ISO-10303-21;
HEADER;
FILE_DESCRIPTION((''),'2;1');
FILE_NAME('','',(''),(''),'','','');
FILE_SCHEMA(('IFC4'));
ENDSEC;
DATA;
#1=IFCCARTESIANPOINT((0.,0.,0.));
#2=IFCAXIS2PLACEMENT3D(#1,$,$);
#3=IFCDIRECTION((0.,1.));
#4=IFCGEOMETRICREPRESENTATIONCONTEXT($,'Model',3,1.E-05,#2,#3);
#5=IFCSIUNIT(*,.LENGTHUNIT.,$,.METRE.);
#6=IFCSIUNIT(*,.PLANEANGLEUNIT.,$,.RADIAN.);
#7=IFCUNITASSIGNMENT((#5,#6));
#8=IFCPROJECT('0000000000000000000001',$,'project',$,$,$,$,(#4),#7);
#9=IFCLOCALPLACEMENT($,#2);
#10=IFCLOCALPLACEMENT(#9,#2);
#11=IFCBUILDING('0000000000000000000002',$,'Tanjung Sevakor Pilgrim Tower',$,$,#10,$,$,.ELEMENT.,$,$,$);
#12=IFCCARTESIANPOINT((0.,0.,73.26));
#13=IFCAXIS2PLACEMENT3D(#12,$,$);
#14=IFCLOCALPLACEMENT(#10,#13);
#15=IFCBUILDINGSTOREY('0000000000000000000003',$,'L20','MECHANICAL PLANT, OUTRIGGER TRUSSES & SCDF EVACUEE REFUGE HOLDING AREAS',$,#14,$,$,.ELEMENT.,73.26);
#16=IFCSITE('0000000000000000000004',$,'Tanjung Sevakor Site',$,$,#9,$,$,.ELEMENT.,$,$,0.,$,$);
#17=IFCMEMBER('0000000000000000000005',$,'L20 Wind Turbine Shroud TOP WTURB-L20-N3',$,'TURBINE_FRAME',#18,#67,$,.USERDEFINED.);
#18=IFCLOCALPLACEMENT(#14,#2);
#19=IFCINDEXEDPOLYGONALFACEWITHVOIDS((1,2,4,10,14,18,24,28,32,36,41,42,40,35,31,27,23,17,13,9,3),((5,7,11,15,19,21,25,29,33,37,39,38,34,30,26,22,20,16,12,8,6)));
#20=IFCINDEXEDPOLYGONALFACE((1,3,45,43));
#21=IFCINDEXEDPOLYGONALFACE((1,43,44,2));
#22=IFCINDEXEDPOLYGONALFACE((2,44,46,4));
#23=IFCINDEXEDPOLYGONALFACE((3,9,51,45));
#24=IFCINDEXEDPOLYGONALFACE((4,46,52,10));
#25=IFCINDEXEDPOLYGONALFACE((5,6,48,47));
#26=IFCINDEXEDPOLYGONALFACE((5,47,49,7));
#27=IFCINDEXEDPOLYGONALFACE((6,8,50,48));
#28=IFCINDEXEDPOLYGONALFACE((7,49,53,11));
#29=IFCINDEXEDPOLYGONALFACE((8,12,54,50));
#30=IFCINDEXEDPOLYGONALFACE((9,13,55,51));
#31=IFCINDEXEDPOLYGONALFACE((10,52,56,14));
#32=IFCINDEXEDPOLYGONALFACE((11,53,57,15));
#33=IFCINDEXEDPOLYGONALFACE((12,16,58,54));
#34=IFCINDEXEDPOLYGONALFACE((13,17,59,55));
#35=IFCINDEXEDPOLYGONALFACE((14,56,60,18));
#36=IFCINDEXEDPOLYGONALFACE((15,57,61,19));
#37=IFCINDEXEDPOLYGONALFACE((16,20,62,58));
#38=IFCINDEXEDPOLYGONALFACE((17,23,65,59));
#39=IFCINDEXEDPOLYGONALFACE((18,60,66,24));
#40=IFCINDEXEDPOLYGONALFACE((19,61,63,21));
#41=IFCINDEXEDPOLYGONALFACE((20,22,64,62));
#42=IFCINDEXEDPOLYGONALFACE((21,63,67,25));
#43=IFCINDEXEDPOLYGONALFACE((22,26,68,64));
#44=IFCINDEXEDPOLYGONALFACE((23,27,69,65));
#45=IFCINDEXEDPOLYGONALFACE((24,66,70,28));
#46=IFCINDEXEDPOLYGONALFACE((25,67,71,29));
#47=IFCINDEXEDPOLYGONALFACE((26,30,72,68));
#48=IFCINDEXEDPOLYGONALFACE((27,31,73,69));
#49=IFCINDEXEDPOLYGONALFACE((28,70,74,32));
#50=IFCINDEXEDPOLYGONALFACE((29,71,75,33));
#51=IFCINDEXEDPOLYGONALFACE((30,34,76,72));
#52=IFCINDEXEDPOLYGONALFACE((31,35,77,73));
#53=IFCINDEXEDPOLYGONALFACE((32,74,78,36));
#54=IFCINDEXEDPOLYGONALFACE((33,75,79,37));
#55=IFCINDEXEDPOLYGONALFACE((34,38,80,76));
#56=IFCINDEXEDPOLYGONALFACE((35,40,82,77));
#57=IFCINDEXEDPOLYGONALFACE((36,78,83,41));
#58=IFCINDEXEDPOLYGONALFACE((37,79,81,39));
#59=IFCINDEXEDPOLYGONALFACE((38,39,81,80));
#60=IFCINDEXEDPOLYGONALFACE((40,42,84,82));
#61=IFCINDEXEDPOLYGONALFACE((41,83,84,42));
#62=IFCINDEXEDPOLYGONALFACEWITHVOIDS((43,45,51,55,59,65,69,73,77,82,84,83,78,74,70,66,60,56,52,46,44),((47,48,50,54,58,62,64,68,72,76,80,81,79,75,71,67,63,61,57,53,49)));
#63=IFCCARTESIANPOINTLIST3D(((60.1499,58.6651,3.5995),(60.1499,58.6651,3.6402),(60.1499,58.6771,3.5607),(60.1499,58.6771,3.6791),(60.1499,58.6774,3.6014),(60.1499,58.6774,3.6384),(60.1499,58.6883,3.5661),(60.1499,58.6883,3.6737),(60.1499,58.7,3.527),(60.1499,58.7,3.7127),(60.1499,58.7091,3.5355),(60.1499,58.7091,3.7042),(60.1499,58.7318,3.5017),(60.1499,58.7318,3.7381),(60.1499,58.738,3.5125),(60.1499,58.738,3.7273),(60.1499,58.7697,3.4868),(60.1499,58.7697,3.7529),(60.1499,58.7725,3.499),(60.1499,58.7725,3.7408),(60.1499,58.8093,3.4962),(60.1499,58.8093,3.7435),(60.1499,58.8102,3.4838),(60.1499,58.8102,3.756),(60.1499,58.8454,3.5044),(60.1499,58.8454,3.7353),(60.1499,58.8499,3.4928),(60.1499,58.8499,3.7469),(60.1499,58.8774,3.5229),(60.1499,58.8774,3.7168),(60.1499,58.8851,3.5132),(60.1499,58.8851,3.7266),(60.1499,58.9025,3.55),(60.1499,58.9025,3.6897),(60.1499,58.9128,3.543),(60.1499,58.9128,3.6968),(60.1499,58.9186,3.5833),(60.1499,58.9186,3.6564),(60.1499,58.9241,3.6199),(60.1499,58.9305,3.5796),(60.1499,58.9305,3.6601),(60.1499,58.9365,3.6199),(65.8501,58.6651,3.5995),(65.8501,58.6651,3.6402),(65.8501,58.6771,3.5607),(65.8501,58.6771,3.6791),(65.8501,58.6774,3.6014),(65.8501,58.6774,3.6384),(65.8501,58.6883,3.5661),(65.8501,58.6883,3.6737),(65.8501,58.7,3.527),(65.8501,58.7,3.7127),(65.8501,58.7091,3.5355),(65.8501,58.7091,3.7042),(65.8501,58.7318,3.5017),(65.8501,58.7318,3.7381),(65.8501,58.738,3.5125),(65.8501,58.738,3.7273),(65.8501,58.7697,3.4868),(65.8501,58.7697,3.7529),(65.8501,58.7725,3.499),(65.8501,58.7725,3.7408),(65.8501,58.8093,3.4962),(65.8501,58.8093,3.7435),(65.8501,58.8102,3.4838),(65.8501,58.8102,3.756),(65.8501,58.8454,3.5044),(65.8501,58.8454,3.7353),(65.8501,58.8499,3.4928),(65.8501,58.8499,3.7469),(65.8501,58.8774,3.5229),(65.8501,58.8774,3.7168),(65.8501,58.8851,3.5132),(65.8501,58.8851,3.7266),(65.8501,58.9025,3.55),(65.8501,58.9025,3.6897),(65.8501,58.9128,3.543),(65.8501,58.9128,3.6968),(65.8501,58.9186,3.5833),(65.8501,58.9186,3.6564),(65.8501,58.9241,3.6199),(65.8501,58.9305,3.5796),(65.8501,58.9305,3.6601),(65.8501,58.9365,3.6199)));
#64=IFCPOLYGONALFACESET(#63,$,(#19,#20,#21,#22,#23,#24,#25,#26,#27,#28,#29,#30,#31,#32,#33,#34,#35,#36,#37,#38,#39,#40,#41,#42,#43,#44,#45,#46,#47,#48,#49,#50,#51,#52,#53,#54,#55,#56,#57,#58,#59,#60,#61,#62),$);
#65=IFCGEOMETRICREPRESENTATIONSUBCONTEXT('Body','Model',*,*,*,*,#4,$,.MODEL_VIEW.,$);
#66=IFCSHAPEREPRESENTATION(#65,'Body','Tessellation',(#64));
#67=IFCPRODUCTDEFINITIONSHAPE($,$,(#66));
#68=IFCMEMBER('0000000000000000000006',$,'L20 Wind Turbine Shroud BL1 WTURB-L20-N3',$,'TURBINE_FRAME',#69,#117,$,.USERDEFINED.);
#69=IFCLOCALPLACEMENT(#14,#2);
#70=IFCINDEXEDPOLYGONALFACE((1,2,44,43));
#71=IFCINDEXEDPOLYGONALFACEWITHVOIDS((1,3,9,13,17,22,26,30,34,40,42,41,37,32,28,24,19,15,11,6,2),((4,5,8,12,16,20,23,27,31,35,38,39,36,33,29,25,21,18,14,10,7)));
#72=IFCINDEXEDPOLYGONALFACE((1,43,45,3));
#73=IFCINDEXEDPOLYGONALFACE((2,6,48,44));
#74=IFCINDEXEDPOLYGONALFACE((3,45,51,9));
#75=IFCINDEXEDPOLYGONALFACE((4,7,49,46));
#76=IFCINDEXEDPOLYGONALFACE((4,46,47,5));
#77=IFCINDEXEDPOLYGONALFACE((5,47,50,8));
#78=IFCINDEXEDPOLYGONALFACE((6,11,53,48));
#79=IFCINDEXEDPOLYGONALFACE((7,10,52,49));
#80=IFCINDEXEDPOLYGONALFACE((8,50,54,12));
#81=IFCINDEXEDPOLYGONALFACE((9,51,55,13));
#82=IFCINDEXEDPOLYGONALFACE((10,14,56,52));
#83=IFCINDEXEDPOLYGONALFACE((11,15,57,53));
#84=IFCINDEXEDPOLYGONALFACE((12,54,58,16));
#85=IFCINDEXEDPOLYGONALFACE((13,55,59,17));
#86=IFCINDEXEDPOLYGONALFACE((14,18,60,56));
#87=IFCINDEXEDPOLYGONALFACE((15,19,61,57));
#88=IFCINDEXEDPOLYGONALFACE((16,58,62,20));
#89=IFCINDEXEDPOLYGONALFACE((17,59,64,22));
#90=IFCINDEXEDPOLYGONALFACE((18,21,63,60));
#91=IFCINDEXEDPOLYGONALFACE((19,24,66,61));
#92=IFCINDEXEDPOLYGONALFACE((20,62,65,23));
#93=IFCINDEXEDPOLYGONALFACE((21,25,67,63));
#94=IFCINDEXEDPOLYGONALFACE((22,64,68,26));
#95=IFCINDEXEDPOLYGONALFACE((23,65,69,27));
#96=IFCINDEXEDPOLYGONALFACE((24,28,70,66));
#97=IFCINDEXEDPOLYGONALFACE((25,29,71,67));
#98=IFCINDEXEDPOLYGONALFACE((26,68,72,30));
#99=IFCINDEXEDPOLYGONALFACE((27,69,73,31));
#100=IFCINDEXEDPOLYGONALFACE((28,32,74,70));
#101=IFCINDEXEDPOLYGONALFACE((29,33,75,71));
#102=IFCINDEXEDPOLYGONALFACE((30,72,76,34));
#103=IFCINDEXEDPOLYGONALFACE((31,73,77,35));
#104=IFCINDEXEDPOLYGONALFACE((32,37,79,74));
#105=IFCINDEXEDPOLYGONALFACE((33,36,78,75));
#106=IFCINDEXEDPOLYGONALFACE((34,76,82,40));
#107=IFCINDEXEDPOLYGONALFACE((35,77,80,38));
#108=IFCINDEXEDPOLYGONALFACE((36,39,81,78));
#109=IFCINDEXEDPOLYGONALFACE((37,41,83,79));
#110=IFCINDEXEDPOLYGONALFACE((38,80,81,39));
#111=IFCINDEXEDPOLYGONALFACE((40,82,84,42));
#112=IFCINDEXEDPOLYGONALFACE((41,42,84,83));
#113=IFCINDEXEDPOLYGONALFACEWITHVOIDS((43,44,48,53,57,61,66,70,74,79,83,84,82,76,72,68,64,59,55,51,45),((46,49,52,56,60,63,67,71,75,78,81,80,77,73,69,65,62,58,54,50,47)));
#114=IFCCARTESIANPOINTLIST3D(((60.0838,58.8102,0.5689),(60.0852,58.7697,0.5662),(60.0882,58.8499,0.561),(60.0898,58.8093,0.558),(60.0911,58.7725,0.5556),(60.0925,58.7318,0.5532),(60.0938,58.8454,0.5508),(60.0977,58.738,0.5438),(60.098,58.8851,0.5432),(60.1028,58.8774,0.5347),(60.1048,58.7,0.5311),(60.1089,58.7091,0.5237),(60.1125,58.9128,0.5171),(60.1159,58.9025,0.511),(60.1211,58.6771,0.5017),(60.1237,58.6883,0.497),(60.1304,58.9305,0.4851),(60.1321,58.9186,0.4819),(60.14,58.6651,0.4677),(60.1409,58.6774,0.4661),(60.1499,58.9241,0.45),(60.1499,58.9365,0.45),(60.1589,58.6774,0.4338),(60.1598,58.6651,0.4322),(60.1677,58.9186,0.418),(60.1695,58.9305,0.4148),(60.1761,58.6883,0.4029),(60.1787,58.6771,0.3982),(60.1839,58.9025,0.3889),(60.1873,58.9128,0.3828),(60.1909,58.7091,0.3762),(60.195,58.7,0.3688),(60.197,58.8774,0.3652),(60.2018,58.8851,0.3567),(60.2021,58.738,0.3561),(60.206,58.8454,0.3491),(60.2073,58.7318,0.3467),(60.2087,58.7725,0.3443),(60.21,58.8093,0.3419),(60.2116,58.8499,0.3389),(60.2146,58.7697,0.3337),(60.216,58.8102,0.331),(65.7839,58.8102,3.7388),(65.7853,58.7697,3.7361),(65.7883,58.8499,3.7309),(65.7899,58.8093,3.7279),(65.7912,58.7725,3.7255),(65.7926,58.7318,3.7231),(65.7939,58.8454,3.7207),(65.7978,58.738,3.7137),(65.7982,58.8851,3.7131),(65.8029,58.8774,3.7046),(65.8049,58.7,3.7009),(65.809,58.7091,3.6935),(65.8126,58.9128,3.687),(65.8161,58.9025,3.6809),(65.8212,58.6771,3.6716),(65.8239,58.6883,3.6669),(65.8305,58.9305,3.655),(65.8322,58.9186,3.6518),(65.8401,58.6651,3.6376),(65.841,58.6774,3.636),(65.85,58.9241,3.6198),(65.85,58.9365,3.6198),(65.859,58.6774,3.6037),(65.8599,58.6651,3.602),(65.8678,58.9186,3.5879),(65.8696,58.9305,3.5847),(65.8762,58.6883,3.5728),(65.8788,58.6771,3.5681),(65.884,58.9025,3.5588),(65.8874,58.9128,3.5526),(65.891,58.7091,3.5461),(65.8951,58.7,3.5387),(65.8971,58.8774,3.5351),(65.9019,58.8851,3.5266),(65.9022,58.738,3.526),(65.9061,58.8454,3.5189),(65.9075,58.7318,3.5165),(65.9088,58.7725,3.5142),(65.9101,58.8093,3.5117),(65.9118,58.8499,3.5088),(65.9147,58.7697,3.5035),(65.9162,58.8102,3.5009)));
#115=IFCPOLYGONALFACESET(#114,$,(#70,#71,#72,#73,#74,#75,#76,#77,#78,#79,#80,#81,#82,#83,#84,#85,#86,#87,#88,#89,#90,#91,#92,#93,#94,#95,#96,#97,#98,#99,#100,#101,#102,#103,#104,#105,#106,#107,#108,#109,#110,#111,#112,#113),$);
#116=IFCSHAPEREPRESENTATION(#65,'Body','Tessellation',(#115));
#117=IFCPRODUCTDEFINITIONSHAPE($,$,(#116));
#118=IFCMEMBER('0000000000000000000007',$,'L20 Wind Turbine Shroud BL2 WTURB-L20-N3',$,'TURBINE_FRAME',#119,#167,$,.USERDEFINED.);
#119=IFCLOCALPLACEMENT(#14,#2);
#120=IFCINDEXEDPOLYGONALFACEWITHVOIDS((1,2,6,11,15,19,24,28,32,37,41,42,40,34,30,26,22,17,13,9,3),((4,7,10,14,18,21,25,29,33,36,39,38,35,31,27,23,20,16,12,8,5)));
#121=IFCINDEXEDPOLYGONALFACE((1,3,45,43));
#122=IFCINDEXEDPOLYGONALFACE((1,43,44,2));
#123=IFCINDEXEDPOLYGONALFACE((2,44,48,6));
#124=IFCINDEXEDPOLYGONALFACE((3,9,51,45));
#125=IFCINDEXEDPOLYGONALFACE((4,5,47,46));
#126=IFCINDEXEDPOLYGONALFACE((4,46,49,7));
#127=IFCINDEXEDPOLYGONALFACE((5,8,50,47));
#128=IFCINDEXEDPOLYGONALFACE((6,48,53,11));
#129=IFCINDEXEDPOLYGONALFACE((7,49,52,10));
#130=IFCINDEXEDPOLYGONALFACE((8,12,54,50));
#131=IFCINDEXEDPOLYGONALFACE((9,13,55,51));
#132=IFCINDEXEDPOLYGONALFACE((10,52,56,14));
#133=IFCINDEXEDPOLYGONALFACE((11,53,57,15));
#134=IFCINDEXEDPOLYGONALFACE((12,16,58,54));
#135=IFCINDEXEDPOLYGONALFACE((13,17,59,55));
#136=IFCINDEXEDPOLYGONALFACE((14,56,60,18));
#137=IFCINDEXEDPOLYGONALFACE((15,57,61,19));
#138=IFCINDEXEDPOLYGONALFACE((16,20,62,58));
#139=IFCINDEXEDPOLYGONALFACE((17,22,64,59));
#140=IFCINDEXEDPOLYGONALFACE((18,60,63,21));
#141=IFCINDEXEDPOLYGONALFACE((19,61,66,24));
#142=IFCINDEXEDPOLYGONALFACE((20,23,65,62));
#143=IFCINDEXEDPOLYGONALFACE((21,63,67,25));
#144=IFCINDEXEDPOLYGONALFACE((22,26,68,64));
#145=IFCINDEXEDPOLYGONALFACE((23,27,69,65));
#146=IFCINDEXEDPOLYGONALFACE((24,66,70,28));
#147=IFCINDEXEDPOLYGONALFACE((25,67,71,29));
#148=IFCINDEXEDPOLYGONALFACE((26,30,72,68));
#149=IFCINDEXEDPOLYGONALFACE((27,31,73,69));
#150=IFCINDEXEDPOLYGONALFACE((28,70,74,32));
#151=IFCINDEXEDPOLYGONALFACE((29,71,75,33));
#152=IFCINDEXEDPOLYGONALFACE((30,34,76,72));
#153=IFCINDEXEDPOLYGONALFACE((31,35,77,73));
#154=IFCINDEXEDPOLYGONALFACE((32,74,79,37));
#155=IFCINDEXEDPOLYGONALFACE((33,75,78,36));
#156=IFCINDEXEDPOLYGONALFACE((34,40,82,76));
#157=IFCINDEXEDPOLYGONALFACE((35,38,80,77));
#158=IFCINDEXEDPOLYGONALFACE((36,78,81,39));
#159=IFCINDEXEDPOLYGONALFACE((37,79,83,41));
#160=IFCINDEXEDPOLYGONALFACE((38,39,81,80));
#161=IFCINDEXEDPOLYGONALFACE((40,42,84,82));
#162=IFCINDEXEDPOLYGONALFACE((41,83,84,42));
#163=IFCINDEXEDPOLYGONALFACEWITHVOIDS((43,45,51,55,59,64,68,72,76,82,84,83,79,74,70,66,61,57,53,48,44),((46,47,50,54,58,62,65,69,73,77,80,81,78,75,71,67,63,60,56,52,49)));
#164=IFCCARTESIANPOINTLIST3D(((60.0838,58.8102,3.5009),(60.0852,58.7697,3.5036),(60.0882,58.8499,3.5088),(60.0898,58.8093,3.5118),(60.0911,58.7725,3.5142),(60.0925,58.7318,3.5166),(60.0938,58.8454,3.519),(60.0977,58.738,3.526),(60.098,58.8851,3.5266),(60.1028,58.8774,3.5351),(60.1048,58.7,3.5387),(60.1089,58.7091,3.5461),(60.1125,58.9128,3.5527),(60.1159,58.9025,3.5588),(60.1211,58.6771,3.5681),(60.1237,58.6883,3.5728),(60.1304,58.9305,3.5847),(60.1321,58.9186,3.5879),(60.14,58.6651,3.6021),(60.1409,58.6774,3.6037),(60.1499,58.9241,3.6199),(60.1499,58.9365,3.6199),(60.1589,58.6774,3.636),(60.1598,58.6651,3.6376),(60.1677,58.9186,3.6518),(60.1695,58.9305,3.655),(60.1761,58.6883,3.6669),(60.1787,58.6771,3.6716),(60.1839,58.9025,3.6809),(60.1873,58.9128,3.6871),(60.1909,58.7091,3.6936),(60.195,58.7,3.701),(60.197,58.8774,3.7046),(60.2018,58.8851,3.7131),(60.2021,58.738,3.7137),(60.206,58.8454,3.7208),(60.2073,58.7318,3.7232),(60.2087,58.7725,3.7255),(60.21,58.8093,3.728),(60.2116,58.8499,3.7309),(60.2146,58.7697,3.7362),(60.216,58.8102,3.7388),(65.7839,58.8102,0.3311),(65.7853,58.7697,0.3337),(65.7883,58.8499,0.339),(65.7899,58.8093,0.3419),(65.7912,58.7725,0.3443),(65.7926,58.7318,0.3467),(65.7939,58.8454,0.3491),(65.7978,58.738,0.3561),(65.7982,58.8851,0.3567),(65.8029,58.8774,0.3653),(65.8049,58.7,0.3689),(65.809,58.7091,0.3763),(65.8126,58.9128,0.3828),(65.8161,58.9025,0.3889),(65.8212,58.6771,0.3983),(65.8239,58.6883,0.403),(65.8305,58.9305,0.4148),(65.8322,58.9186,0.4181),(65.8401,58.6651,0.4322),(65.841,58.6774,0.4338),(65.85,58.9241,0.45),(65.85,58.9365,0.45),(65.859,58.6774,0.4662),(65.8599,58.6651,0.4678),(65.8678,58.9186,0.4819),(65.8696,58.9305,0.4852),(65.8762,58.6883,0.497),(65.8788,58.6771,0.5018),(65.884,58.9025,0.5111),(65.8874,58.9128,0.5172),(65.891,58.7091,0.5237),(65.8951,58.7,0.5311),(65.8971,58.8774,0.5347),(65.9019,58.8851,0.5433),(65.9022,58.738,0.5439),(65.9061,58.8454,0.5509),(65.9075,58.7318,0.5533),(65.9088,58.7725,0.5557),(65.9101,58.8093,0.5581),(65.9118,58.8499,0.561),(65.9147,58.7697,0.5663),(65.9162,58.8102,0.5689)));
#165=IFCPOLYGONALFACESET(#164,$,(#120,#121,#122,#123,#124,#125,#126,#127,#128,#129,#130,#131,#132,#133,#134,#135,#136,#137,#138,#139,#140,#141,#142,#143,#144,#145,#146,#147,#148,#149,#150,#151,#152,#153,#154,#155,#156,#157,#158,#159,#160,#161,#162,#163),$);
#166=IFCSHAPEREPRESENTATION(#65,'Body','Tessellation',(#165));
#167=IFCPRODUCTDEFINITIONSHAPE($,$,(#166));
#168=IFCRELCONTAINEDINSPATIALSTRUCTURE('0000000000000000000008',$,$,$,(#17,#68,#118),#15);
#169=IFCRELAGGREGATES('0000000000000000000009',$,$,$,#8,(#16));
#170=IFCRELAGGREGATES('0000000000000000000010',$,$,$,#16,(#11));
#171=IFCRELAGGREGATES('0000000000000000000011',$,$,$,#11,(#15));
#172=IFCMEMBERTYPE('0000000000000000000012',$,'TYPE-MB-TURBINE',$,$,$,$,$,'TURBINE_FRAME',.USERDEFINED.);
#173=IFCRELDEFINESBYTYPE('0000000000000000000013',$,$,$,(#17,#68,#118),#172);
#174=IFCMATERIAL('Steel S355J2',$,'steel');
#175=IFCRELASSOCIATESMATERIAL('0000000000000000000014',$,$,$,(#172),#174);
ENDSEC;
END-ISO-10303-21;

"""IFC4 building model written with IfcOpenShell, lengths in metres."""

from ifc_helpers import new_model, si_unit, direction, frame, origin, origin_2d, place, context, subcontext, project, spatial, hollow_circle, extrude, material, material_profile, profile_set, type_object, element, save


model = new_model("IFC4")

# Units and contexts
model_context = context("Model", 3, precision=1e-05, world=origin(), true_north=direction((0.0, 1.0)))
body_context = subcontext(model_context, "Body", "Model", "MODEL_VIEW")
ifc_project = project(units=[si_unit("LENGTHUNIT", "METRE"), si_unit("PLANEANGLEUNIT", "RADIAN")], contexts=[model_context])

# Site, building, storey
site_placement = place(None, origin())
site = spatial("IfcSite", under=ifc_project, at=site_placement, Name="Tanjung Sevakor Site", CompositionType="ELEMENT", RefElevation=0.0)
building_placement = place(site_placement, origin())
building = spatial("IfcBuilding", under=site, at=building_placement, Name="Tanjung Sevakor Pilgrim Tower", CompositionType="ELEMENT")
storey_placement = place(building_placement, frame((0.0, 0.0, 73.26)))
storey = spatial("IfcBuildingStorey", under=building, at=storey_placement, Name="L20", Description="MECHANICAL PLANT, OUTRIGGER TRUSSES & SCDF EVACUEE REFUGE HOLDING AREAS", CompositionType="ELEMENT", Elevation=73.26)

# Members
ifc_material_1 = material(Name="Steel S355J2", Category="steel")
ifc_material_profile_1 = material_profile(ifc_material_1, hollow_circle(Radius=0.1365, WallThickness=0.0125, at=origin_2d()))
ifc_profile_set_1 = profile_set([ifc_material_profile_1], Name="Steel S355J2")
member_type_1 = type_object("IfcMemberType", Name="TYPE-MB-TURBINE", ElementType="TURBINE_FRAME", PredefinedType="USERDEFINED", material=ifc_profile_set_1)
for number, where, z_axis, x_axis, name in (
    (1, (60.1499, 58.8, 3.6199), (1.0, 0.0, 0.0), (0.0, 1.0, 0.0), "L20 Wind Turbine Shroud TOP WTURB-L20-N3"),
):
    element("IfcMember", number, at=place(storey_placement, frame(where, z_axis=z_axis, x_axis=x_axis)), inside=storey, type_object=member_type_1, Name=name, ObjectType="TURBINE_FRAME", PredefinedType="USERDEFINED", context=body_context, shape_type="SweptSolid", body=[
        extrude(hollow_circle(Radius=0.1365, WallThickness=0.0125, at=origin_2d()), origin(), (0.0, 0.0, 1.0), 5.7002),
    ])
for number, where, z_axis, x_axis, name in (
    (2, (60.1499, 58.8, 0.45), (0.873952, 0.0, 0.486012), (0.0, 1.0, 0.0), "L20 Wind Turbine Shroud BL1 WTURB-L20-N3"),
    (3, (60.1499, 58.8, 3.6199), (0.873952, 0.0, -0.486012), (0.0, 1.0, 0.0), "L20 Wind Turbine Shroud BL2 WTURB-L20-N3"),
):
    element("IfcMember", number, at=place(storey_placement, frame(where, z_axis=z_axis, x_axis=x_axis)), inside=storey, type_object=member_type_1, Name=name, ObjectType="TURBINE_FRAME", PredefinedType="USERDEFINED", context=body_context, shape_type="SweptSolid", body=[
        extrude(hollow_circle(Radius=0.1365, WallThickness=0.0125, at=origin_2d()), origin(), (0.0, 0.0, 1.0), 6.5222),
    ])

save(model, "model.ifc")
